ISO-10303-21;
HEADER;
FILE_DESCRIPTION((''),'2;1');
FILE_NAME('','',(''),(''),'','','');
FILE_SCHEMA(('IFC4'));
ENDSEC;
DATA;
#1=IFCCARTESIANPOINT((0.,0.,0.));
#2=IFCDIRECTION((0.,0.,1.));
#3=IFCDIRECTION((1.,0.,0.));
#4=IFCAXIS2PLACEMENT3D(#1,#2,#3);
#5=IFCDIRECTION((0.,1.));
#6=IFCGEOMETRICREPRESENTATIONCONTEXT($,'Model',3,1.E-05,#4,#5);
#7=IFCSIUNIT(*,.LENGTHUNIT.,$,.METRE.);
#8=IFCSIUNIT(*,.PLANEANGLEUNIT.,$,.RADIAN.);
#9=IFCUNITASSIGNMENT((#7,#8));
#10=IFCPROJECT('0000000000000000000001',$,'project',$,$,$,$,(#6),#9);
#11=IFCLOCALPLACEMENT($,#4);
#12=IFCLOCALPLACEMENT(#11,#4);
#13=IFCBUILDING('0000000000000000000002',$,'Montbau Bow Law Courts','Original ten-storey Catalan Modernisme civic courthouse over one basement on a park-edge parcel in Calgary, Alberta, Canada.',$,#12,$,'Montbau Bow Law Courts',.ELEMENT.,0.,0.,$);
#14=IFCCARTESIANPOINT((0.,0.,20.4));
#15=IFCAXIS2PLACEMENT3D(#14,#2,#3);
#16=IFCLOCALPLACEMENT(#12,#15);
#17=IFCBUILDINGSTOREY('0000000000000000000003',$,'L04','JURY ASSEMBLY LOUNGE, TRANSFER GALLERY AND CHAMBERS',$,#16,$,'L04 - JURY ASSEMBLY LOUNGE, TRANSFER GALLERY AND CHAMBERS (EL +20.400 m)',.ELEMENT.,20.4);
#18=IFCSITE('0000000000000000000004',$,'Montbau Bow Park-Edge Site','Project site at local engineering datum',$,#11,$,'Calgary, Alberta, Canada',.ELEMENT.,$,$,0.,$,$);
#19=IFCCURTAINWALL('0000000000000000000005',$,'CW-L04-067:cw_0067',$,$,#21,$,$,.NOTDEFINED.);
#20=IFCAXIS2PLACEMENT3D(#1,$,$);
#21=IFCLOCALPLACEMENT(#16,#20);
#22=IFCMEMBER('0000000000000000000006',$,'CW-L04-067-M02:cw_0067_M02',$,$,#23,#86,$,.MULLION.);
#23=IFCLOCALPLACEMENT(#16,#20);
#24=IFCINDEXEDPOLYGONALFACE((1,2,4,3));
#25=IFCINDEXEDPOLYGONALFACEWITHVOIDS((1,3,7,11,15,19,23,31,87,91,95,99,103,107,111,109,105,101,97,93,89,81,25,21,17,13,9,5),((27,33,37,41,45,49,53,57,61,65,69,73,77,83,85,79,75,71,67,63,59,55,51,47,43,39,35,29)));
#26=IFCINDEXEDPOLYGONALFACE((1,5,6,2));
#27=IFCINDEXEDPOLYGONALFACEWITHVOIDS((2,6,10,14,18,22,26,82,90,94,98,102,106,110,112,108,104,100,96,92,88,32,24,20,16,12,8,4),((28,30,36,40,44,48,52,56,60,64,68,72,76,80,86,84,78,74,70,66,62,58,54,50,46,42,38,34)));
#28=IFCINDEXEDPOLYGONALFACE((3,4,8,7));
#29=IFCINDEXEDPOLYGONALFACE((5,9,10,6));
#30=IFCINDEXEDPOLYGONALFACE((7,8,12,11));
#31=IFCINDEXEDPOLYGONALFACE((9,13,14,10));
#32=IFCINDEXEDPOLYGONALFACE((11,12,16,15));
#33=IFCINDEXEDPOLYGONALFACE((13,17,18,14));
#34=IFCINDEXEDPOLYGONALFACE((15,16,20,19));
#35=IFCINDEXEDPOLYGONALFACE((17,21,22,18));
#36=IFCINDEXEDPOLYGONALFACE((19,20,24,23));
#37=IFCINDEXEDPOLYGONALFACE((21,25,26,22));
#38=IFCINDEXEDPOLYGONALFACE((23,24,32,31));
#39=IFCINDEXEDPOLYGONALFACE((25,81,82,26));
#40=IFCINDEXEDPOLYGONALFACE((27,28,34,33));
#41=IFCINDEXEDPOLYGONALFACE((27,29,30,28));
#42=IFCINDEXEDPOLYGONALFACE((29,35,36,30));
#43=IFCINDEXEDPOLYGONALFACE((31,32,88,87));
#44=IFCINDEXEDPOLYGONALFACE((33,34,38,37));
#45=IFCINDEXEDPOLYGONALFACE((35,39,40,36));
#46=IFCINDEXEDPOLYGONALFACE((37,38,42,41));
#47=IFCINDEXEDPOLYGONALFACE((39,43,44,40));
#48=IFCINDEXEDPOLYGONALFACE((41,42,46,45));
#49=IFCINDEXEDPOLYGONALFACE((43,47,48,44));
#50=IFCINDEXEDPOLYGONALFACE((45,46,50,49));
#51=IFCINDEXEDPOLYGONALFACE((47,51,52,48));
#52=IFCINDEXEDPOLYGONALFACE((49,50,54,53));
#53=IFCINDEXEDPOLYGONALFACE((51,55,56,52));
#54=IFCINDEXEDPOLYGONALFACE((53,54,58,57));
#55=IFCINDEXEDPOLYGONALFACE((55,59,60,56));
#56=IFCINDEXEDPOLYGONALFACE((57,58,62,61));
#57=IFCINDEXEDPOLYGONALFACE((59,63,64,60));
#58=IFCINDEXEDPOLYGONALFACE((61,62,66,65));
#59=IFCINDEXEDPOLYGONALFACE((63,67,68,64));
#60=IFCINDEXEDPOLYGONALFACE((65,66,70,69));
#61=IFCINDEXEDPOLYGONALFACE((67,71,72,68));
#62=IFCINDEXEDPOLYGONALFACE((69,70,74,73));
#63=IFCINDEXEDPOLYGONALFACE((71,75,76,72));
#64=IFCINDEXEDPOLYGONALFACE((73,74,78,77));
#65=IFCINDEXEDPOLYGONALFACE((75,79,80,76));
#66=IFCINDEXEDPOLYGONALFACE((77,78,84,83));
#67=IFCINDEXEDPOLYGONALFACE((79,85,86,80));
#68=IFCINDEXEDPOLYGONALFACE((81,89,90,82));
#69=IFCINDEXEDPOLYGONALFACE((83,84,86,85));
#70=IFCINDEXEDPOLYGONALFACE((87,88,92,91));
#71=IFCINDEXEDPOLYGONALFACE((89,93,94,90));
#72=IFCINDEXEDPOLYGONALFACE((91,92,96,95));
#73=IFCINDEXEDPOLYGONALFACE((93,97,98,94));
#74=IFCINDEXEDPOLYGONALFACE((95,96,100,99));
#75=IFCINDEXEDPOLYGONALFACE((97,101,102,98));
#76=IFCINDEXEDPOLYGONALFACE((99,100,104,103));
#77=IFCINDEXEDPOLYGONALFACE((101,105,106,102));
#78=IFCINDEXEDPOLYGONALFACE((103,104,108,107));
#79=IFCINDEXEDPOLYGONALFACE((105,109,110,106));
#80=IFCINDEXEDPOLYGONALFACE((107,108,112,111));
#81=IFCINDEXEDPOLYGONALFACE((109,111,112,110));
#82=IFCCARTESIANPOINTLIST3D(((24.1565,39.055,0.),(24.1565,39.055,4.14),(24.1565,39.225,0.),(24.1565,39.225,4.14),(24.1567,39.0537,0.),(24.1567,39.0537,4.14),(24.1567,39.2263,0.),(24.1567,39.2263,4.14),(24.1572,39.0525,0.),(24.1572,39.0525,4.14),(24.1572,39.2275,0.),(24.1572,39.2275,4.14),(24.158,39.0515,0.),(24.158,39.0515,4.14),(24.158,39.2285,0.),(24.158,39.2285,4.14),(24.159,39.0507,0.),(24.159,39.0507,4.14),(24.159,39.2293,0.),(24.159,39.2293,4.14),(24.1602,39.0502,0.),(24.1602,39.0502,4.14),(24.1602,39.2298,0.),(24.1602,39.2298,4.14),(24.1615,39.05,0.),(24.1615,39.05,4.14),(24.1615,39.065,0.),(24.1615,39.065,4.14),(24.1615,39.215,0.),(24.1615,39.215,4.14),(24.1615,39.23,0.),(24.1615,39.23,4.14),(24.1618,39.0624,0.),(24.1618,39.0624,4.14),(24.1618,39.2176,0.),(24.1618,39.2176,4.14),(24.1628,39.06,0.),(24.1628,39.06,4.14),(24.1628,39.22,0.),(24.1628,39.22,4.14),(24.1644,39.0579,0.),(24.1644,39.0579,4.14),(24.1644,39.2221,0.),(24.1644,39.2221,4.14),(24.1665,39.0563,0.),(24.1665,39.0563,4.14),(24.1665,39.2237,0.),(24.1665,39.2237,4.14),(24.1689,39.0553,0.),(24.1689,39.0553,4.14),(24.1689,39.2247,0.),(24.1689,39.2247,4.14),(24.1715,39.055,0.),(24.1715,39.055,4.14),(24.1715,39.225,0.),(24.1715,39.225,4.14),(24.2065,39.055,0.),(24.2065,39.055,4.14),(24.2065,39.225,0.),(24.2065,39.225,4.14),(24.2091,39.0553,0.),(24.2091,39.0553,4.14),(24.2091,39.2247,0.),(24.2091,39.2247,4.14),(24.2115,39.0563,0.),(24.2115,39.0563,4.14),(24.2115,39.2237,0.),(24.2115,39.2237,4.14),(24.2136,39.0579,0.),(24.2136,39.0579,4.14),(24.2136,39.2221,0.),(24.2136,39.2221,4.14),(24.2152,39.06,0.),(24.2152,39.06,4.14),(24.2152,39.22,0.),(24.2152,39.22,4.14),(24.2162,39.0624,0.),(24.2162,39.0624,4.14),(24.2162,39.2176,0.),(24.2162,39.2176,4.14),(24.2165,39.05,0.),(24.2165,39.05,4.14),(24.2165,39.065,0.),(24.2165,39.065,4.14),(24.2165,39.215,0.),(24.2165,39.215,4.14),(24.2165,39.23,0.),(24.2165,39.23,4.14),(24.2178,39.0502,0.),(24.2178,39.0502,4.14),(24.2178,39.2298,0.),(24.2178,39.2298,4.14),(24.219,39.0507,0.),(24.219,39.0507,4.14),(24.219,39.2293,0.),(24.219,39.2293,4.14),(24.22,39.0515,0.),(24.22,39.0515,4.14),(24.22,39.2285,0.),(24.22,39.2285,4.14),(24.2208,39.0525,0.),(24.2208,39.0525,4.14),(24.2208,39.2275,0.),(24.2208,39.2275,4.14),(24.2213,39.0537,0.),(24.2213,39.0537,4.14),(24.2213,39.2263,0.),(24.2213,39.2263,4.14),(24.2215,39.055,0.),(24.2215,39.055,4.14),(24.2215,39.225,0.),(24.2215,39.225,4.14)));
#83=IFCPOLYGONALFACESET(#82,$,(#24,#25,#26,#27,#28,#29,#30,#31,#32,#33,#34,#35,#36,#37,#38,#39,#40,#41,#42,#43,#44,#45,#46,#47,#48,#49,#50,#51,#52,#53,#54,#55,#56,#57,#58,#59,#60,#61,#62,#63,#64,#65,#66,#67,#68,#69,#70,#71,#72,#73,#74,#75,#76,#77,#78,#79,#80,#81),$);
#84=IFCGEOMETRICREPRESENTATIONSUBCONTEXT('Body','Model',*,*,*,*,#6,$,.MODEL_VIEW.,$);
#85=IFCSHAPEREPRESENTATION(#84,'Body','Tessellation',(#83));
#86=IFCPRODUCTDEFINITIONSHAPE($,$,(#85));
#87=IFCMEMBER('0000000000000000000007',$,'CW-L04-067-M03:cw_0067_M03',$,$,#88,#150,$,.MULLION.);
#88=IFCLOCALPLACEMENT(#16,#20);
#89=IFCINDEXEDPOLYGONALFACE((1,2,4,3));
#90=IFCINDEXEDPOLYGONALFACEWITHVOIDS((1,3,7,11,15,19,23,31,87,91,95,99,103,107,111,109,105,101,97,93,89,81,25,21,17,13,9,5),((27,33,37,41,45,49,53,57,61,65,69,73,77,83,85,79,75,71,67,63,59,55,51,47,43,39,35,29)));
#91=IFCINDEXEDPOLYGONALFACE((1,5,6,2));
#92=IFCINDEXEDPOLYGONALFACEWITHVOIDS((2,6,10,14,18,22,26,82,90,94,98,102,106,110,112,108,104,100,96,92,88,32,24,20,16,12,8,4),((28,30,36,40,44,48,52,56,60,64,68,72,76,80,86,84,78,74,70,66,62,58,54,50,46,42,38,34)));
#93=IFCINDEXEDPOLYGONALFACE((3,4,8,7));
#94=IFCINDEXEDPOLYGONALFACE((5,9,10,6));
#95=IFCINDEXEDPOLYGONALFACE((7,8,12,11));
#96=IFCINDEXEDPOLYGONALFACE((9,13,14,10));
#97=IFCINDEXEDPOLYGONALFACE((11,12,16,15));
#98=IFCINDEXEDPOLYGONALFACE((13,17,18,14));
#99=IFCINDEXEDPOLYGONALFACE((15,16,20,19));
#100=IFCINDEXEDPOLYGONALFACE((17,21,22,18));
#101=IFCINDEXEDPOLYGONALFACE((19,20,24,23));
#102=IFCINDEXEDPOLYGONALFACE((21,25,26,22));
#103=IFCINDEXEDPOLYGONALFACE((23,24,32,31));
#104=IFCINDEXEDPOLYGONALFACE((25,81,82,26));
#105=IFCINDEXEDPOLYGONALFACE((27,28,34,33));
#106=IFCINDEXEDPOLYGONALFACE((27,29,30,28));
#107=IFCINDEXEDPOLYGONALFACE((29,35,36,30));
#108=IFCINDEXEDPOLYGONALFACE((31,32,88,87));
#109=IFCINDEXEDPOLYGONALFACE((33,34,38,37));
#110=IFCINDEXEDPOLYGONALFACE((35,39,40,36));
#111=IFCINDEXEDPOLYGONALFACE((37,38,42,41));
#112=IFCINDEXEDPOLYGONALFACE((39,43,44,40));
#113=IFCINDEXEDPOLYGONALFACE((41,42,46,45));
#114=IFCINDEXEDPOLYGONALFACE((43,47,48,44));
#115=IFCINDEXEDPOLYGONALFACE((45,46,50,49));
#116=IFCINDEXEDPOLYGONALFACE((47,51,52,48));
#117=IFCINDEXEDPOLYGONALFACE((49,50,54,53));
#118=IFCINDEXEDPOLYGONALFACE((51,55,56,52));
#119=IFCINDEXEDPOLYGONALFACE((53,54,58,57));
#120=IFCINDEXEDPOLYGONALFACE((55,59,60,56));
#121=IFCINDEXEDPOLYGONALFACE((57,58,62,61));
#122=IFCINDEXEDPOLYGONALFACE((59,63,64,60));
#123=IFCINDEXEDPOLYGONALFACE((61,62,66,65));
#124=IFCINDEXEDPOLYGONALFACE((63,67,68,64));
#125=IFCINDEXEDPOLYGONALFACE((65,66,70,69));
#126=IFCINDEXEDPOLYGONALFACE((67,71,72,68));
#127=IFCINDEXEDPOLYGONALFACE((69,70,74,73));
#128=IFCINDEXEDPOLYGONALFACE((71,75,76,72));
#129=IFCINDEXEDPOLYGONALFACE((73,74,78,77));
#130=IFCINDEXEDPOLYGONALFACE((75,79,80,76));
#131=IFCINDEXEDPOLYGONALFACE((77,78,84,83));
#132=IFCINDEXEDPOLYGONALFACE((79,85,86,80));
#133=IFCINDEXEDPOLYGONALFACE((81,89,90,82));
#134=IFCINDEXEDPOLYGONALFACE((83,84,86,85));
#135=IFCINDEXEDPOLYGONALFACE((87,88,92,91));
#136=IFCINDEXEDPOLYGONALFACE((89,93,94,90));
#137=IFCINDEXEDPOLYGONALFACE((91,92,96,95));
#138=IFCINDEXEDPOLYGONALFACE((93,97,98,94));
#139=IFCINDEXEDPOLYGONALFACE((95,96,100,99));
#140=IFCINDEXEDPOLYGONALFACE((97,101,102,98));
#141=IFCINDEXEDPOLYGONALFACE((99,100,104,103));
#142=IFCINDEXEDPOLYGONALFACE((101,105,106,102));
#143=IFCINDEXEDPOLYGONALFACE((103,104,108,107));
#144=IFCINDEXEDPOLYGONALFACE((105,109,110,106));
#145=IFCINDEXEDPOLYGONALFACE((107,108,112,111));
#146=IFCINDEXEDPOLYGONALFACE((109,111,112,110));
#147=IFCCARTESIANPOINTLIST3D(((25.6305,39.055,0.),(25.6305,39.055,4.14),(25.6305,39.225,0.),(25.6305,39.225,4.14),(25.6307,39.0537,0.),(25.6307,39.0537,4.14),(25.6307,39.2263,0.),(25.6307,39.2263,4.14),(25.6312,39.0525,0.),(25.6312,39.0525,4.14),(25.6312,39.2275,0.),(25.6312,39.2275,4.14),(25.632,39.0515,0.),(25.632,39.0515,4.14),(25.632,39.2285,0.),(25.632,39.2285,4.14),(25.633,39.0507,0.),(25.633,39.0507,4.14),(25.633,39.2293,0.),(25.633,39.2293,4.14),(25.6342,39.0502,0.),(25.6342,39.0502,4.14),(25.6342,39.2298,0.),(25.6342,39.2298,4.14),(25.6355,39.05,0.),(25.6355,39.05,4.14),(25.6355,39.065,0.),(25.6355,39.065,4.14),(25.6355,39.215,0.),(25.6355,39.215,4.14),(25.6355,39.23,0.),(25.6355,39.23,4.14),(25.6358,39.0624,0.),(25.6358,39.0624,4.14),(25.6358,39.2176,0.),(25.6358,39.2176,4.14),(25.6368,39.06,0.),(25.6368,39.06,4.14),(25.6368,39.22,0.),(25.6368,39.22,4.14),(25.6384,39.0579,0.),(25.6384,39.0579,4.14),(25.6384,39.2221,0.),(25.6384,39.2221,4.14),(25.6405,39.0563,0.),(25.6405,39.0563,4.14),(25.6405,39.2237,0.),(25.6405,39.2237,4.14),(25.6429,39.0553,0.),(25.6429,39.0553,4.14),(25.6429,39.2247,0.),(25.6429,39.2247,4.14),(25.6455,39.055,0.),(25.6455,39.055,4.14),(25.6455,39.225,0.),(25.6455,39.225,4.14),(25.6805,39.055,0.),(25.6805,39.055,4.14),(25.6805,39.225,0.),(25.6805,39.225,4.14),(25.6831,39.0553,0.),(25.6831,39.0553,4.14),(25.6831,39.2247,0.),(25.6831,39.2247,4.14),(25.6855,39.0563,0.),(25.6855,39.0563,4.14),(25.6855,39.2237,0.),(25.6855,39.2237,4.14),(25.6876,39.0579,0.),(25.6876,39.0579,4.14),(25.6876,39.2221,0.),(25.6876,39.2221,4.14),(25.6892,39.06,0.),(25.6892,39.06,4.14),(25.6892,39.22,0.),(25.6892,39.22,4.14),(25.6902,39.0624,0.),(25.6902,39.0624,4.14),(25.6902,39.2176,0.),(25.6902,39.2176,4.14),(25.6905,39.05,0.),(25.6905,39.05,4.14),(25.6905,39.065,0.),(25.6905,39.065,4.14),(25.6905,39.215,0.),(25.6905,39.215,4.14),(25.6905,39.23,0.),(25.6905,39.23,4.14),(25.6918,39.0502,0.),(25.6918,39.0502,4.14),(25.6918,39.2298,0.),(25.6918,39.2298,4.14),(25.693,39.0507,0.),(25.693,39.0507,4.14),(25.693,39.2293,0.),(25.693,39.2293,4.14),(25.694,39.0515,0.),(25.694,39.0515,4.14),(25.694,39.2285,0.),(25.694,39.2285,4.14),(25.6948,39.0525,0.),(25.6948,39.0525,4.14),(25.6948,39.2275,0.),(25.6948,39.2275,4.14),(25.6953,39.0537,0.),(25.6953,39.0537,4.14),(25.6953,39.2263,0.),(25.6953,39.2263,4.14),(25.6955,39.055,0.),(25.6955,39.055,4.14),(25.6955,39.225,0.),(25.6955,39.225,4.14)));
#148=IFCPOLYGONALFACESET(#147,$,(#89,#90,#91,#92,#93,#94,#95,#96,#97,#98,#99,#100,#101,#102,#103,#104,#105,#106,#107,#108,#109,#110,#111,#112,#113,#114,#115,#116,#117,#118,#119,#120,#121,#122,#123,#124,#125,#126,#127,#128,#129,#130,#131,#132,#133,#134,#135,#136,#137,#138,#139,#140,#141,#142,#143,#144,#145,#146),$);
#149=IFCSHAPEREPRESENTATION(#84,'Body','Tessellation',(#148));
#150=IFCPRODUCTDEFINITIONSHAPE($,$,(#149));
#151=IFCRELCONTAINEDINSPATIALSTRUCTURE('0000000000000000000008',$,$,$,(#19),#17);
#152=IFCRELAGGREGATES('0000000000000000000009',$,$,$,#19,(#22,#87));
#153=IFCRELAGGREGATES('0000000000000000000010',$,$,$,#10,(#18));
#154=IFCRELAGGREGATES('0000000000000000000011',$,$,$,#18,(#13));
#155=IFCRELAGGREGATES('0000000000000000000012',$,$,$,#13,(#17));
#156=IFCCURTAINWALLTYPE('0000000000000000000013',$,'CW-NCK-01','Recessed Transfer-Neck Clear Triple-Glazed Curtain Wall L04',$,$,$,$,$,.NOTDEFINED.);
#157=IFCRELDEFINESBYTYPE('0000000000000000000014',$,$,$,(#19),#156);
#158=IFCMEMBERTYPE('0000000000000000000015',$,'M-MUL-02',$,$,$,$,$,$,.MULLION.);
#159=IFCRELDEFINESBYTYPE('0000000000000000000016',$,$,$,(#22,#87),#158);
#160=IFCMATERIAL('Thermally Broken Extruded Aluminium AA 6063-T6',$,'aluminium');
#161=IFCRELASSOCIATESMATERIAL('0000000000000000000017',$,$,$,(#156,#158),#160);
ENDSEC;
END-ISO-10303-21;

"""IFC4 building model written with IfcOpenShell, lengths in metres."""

from ifc_helpers import new_model, si_unit, direction, frame, origin_with_axes, origin_2d_with_axis, place, context, subcontext, project, spatial, hollow_rectangle, extrude, material, material_profile, profile_set, type_object, element, aggregate, save


model = new_model("IFC4")

# Units and contexts
model_context = context("Model", 3, precision=1e-05, world=origin_with_axes(), true_north=direction((0.0, 1.0)))
body_context = subcontext(model_context, "Body", "Model", "MODEL_VIEW")
ifc_project = project(units=[si_unit("LENGTHUNIT", "METRE"), si_unit("PLANEANGLEUNIT", "RADIAN")], contexts=[model_context])

# Site, building, storey
site_placement = place(None, origin_with_axes())
site = spatial("IfcSite", under=ifc_project, at=site_placement, Name="Montbau Bow Park-Edge Site", Description="Project site at local engineering datum", LongName="Calgary, Alberta, Canada", CompositionType="ELEMENT", RefElevation=0.0)
building_placement = place(site_placement, origin_with_axes())
building = spatial("IfcBuilding", under=site, at=building_placement, Name="Montbau Bow Law Courts", Description="Original ten-storey Catalan Modernisme civic courthouse over one basement on a park-edge parcel in Calgary, Alberta, Canada.", LongName="Montbau Bow Law Courts", CompositionType="ELEMENT", ElevationOfRefHeight=0.0, ElevationOfTerrain=0.0)
storey_placement = place(building_placement, frame((0.0, 0.0, 20.4), z_axis=(0.0, 0.0, 1.0), x_axis=(1.0, 0.0, 0.0)))
storey = spatial("IfcBuildingStorey", under=building, at=storey_placement, Name="L04", Description="JURY ASSEMBLY LOUNGE, TRANSFER GALLERY AND CHAMBERS", LongName="L04 - JURY ASSEMBLY LOUNGE, TRANSFER GALLERY AND CHAMBERS (EL +20.400 m)", CompositionType="ELEMENT", Elevation=20.4)

# Curtain wall, members
ifc_material_1 = material(Name="Thermally Broken Extruded Aluminium AA 6063-T6", Category="aluminium")
curtain_wall_type = type_object("IfcCurtainWallType", Name="CW-NCK-01", Description="Recessed Transfer-Neck Clear Triple-Glazed Curtain Wall L04", PredefinedType="NOTDEFINED", material=ifc_material_1)
curtain_wall_placement = place(None, frame((22.715, 39.14, 20.4), z_axis=(0.0, 0.0, 1.0), x_axis=(1.0, 0.0, 0.0)))
curtain_wall = element("IfcCurtainWall", 1, at=curtain_wall_placement, inside=storey, type_object=curtain_wall_type, Name="CW-L04-067:cw_0067", PredefinedType="NOTDEFINED")
ifc_material_profile_1 = material_profile(ifc_material_1, hollow_rectangle(XDim=0.065, YDim=0.18, WallThickness=0.005, InnerFilletRadius=0.01, OuterFilletRadius=0.005, at=origin_2d_with_axis()), Name="CWM-180X65", Category="Main", Priority=0)
ifc_profile_set_1 = profile_set([ifc_material_profile_1], Name="Thermally Broken Extruded Aluminium AA 6063-T6")
member_type_1 = type_object("IfcMemberType", Name="M-MUL-02", PredefinedType="MULLION", material=ifc_profile_set_1)
member_1_placement = place(None, frame((24.189, 39.14, 20.4), z_axis=(0.0, 0.0, 1.0), x_axis=(1.0, 0.0, 0.0)))
member_1 = element("IfcMember", 2, at=member_1_placement, type_object=member_type_1, Name="CW-L04-067-M02:cw_0067_M02", PredefinedType="MULLION", context=body_context, shape_type="SweptSolid", body=[
    extrude(hollow_rectangle(XDim=0.065, YDim=0.18, WallThickness=0.005, InnerFilletRadius=0.01, OuterFilletRadius=0.005, at=origin_2d_with_axis()), origin_with_axes(), (0.0, 0.0, 1.0), 4.14),
])
member_2_placement = place(None, frame((25.663, 39.14, 20.4), z_axis=(0.0, 0.0, 1.0), x_axis=(1.0, 0.0, 0.0)))
member_2 = element("IfcMember", 3, at=member_2_placement, type_object=member_type_1, Name="CW-L04-067-M03:cw_0067_M03", PredefinedType="MULLION", context=body_context, shape_type="SweptSolid", body=[
    extrude(hollow_rectangle(XDim=0.065, YDim=0.18, WallThickness=0.005, InnerFilletRadius=0.01, OuterFilletRadius=0.005, at=origin_2d_with_axis()), origin_with_axes(), (0.0, 0.0, 1.0), 4.14),
])
aggregate(curtain_wall, [member_1, member_2])

save(model, "model.ifc")
